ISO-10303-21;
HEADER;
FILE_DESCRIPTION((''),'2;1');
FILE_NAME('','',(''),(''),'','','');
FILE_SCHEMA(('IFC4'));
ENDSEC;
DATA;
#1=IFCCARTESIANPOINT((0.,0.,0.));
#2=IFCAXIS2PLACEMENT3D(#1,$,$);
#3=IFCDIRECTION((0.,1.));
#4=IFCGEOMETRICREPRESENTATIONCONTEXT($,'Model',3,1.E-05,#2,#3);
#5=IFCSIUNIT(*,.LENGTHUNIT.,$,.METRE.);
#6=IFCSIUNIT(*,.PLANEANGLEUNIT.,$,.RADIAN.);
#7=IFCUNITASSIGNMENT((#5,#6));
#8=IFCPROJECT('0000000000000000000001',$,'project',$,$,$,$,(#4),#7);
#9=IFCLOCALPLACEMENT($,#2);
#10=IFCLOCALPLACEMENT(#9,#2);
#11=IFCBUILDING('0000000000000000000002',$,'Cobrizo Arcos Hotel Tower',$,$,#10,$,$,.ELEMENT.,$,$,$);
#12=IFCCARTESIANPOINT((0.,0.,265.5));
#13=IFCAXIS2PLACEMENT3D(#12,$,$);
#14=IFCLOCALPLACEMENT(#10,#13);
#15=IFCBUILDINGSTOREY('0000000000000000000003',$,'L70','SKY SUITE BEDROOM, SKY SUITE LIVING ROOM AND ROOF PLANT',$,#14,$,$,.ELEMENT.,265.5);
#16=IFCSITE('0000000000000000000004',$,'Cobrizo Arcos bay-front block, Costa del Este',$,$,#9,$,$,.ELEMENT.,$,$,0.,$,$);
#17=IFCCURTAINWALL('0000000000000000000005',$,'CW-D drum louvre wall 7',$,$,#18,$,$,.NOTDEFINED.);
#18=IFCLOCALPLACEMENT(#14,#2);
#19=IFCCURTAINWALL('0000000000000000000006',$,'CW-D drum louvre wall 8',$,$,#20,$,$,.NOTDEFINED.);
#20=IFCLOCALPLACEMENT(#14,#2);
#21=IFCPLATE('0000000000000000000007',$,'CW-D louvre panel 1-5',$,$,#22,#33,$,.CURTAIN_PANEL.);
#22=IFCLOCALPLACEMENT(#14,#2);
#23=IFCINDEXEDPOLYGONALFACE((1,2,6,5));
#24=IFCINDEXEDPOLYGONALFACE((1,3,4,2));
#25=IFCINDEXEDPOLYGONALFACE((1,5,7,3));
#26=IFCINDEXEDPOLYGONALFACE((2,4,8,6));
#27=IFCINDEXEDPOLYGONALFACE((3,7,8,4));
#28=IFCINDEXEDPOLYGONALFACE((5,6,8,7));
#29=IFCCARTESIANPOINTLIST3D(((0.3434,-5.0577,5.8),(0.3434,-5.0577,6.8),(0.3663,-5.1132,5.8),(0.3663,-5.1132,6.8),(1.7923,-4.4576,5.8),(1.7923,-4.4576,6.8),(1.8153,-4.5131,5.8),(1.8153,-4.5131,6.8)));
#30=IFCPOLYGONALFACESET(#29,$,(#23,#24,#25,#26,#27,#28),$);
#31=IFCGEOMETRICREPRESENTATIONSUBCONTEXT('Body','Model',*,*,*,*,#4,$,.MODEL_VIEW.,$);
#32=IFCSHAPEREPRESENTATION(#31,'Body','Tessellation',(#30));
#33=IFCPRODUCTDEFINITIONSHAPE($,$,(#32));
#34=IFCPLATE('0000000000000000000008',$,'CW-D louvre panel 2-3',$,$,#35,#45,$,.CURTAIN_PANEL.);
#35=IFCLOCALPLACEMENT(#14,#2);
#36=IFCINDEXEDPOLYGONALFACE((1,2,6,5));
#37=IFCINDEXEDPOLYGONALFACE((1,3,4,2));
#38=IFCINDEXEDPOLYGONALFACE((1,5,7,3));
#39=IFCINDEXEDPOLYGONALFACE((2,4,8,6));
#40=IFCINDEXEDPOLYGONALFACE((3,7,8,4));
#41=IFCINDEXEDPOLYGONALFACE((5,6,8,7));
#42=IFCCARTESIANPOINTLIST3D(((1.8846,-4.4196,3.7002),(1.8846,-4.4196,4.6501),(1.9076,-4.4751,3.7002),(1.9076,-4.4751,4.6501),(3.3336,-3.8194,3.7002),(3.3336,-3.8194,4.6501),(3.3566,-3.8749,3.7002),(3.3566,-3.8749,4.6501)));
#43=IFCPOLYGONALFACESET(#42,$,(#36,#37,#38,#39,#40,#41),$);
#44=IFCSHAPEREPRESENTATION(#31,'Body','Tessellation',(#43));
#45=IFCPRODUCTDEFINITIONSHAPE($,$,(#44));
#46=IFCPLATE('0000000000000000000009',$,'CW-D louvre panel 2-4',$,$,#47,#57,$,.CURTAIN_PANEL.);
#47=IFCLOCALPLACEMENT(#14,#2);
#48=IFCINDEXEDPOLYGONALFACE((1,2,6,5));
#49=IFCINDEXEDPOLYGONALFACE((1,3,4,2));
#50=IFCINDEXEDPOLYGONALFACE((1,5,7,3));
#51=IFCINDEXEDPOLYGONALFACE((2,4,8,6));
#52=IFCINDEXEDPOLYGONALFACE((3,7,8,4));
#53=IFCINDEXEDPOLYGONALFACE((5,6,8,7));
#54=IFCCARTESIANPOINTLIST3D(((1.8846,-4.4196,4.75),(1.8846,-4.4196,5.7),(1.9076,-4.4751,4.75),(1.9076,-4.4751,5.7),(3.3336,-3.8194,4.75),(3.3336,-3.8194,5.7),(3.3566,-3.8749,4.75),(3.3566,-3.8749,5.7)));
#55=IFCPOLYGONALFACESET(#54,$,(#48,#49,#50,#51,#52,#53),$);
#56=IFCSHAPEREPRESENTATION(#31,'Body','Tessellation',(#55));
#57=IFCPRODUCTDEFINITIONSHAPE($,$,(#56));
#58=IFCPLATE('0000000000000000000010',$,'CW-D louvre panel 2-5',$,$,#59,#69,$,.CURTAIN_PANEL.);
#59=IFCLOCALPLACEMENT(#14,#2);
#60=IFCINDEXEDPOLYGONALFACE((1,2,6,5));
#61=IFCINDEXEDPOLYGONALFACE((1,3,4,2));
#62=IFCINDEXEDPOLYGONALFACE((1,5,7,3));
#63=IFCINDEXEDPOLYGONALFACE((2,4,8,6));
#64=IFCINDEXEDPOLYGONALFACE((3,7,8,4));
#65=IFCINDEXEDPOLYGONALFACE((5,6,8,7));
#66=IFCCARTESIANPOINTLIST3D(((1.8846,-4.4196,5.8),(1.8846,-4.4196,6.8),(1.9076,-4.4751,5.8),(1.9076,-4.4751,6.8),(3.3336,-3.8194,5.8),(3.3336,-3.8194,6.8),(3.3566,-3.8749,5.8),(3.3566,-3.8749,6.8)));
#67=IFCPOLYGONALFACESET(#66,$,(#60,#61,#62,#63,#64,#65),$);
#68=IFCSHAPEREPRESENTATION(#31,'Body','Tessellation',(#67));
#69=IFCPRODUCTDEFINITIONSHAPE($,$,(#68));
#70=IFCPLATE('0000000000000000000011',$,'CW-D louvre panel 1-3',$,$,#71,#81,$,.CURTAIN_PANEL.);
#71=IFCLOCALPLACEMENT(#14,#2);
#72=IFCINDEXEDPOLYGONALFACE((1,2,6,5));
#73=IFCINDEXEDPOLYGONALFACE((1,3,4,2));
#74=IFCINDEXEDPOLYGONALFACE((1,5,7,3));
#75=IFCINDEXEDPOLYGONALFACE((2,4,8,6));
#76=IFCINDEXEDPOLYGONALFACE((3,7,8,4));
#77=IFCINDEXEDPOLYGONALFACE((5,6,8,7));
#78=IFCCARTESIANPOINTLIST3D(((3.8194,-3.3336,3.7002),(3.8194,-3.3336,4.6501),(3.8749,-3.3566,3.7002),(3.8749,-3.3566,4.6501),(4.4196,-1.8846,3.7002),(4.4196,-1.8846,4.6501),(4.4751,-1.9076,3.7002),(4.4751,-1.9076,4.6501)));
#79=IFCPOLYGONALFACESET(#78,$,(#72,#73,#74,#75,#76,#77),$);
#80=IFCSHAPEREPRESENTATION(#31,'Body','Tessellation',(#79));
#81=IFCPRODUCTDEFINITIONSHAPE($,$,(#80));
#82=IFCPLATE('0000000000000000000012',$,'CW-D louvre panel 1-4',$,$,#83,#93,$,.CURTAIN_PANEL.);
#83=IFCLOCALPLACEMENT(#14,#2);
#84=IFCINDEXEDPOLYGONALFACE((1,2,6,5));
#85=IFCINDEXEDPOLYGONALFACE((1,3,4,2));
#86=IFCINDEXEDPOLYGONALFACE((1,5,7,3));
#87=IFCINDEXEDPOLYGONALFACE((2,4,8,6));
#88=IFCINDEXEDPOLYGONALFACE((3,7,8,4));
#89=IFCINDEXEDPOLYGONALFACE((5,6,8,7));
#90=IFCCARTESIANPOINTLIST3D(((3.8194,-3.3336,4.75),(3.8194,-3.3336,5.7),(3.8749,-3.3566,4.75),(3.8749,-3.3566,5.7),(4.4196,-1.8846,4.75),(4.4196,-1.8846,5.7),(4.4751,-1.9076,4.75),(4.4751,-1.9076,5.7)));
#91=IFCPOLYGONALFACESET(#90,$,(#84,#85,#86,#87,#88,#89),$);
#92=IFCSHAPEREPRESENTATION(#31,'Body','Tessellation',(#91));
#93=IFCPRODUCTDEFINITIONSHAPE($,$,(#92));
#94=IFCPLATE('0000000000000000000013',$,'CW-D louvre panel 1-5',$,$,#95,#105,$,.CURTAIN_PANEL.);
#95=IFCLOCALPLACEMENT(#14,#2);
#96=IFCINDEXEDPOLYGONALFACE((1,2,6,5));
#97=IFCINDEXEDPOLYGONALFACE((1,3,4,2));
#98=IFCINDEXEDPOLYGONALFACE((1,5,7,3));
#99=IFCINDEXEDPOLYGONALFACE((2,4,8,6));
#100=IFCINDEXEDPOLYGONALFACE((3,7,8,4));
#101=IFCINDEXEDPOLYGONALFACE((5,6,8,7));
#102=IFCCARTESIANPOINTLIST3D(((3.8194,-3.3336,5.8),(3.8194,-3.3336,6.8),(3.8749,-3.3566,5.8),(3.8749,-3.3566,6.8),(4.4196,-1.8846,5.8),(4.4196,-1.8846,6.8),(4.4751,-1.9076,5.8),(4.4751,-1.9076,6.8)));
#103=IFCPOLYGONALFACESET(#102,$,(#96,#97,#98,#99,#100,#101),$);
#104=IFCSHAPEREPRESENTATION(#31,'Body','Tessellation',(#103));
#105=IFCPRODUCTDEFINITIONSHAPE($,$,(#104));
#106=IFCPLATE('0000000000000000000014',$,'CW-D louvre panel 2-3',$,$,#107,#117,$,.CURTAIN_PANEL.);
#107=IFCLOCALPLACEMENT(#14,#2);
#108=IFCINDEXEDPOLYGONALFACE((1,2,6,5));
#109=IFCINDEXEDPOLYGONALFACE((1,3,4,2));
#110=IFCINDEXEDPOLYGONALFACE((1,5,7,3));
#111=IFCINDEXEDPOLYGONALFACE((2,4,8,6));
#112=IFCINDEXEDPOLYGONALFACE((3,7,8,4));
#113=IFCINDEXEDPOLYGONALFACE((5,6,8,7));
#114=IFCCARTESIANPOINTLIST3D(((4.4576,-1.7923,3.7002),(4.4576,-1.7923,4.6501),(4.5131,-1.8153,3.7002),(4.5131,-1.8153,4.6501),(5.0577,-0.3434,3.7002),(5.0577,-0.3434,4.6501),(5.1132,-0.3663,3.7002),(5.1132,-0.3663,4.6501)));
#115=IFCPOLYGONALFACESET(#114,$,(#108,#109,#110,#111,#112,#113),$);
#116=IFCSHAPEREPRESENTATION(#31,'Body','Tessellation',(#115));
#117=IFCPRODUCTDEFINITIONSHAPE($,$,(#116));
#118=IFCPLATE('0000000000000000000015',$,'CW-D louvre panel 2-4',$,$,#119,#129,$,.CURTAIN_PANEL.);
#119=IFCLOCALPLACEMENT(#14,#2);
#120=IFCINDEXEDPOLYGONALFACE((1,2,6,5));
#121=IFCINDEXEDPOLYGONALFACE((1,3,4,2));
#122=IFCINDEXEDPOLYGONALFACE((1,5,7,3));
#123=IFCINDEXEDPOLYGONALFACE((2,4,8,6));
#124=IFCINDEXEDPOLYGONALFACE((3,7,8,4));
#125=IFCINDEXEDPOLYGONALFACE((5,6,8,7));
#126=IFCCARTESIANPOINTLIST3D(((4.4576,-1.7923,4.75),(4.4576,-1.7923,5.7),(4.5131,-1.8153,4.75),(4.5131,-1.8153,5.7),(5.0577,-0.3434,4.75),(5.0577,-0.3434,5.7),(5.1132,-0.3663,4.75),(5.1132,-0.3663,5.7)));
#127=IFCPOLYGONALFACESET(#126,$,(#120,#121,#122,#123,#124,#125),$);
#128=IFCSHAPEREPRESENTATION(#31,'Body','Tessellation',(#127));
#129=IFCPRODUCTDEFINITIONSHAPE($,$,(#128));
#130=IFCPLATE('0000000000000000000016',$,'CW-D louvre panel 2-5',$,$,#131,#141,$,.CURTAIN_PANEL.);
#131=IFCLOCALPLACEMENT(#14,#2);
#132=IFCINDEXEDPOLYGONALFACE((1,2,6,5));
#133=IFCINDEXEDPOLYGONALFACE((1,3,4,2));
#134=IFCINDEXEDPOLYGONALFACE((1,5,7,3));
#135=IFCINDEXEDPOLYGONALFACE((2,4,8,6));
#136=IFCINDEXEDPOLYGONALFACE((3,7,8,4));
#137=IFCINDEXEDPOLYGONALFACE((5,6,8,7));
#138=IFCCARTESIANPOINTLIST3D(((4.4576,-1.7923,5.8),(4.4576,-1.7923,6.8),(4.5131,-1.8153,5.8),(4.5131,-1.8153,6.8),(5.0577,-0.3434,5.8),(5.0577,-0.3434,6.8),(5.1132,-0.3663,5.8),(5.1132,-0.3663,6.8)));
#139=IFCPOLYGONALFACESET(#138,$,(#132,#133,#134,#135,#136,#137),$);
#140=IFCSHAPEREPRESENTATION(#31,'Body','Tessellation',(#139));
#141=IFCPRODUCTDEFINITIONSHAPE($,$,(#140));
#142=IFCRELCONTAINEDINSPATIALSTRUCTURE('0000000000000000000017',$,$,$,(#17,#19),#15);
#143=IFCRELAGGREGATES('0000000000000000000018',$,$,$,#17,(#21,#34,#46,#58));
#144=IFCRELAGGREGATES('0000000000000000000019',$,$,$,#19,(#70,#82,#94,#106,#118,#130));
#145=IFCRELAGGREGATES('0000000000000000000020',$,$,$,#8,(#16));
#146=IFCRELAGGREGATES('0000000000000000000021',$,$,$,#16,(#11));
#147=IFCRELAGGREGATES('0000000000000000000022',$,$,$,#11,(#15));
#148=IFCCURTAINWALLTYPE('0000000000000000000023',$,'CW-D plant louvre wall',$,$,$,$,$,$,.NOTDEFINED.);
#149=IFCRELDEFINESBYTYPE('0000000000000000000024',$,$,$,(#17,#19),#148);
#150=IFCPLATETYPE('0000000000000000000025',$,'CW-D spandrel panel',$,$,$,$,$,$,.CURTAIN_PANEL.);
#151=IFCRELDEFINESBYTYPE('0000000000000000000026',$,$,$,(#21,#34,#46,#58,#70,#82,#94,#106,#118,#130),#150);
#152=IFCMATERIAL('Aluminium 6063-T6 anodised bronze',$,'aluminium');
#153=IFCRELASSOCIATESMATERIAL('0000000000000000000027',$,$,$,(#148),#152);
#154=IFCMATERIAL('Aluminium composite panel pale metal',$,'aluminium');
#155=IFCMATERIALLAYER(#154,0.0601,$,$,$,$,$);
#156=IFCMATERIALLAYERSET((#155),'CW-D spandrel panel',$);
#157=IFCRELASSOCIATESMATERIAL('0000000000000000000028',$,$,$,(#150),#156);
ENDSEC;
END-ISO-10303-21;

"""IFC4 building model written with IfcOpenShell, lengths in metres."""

from ifc_helpers import new_model, si_unit, direction, frame, origin, origin_2d, place, context, subcontext, project, spatial, rectangle, extrude, material, layer, layer_set, type_object, element, aggregate, save


model = new_model("IFC4")

# Units and contexts
model_context = context("Model", 3, precision=1e-05, world=origin(), true_north=direction((0.0, 1.0)))
body_context = subcontext(model_context, "Body", "Model", "MODEL_VIEW")
ifc_project = project(units=[si_unit("LENGTHUNIT", "METRE"), si_unit("PLANEANGLEUNIT", "RADIAN")], contexts=[model_context])

# Site, building, storey
site_placement = place(None, origin())
site = spatial("IfcSite", under=ifc_project, at=site_placement, Name="Cobrizo Arcos bay-front block, Costa del Este", CompositionType="ELEMENT", RefElevation=0.0)
building_placement = place(site_placement, origin())
building = spatial("IfcBuilding", under=site, at=building_placement, Name="Cobrizo Arcos Hotel Tower", CompositionType="ELEMENT")
storey_placement = place(building_placement, frame((0.0, 0.0, 265.5)))
storey = spatial("IfcBuildingStorey", under=building, at=storey_placement, Name="L70", Description="SKY SUITE BEDROOM, SKY SUITE LIVING ROOM AND ROOF PLANT", CompositionType="ELEMENT", Elevation=265.5)

# Curtain walls
ifc_material_1 = material(Name="Aluminium 6063-T6 anodised bronze", Category="aluminium")
curtain_wall_type = type_object("IfcCurtainWallType", Name="CW-D plant louvre wall", PredefinedType="NOTDEFINED", material=ifc_material_1)
curtain_wall_1_placement = place(storey_placement, origin())
curtain_wall_1 = element("IfcCurtainWall", 1, at=curtain_wall_1_placement, inside=storey, type_object=curtain_wall_type, Name="CW-D drum louvre wall 7", PredefinedType="NOTDEFINED")
curtain_wall_2_placement = place(storey_placement, origin())
curtain_wall_2 = element("IfcCurtainWall", 2, at=curtain_wall_2_placement, inside=storey, type_object=curtain_wall_type, Name="CW-D drum louvre wall 8", PredefinedType="NOTDEFINED")

# Plates
ifc_material_2 = material(Name="Aluminium composite panel pale metal", Category="aluminium")
ifc_layer = layer(ifc_material_2, 0.0601)
ifc_layer_set = layer_set([ifc_layer], Name="CW-D spandrel panel")
plate_type = type_object("IfcPlateType", Name="CW-D spandrel panel", PredefinedType="CURTAIN_PANEL", material=ifc_layer_set)
plate_1_placement = place(storey_placement, frame((1.0793, -4.7854, 5.8), z_axis=(0.0, 0.0, 1.0), x_axis=(0.92388, 0.382683, 0.0)))
plate_1 = element("IfcPlate", 3, at=plate_1_placement, type_object=plate_type, Name="CW-D louvre panel 1-5", PredefinedType="CURTAIN_PANEL", context=body_context, shape_type="SweptSolid", body=[
    extrude(rectangle(XDim=1.5684, YDim=0.0601, at=origin_2d()), origin(), (0.0, 0.0, 1.0), 1.0),
])
plate_2_placement = place(storey_placement, frame((2.6206, -4.1472, 3.7002), z_axis=(0.0, 0.0, 1.0), x_axis=(0.92388, 0.382683, 0.0)))
plate_2 = element("IfcPlate", 4, at=plate_2_placement, type_object=plate_type, Name="CW-D louvre panel 2-3", PredefinedType="CURTAIN_PANEL", context=body_context, shape_type="SweptSolid", body=[
    extrude(rectangle(XDim=1.5684, YDim=0.0601, at=origin_2d()), origin(), (0.0, 0.0, 1.0), 0.95),
])
plate_3_placement = place(storey_placement, frame((2.6206, -4.1472, 4.75), z_axis=(0.0, 0.0, 1.0), x_axis=(0.92388, 0.382683, 0.0)))
plate_3 = element("IfcPlate", 5, at=plate_3_placement, type_object=plate_type, Name="CW-D louvre panel 2-4", PredefinedType="CURTAIN_PANEL", context=body_context, shape_type="SweptSolid", body=[
    extrude(rectangle(XDim=1.5684, YDim=0.0601, at=origin_2d()), origin(), (0.0, 0.0, 1.0), 0.95),
])
plate_4_placement = place(storey_placement, frame((2.6206, -4.1472, 5.8), z_axis=(0.0, 0.0, 1.0), x_axis=(0.92388, 0.382683, 0.0)))
plate_4 = element("IfcPlate", 6, at=plate_4_placement, type_object=plate_type, Name="CW-D louvre panel 2-5", PredefinedType="CURTAIN_PANEL", context=body_context, shape_type="SweptSolid", body=[
    extrude(rectangle(XDim=1.5684, YDim=0.0601, at=origin_2d()), origin(), (0.0, 0.0, 1.0), 1.0),
])
aggregate(curtain_wall_1, [plate_1, plate_2, plate_3, plate_4])
plate_5_placement = place(storey_placement, frame((4.1472, -2.6206, 3.7002), z_axis=(0.0, 0.0, 1.0), x_axis=(0.382683, 0.92388, 0.0)))
plate_5 = element("IfcPlate", 7, at=plate_5_placement, type_object=plate_type, Name="CW-D louvre panel 1-3", PredefinedType="CURTAIN_PANEL", context=body_context, shape_type="SweptSolid", body=[
    extrude(rectangle(XDim=1.5684, YDim=0.0601, at=origin_2d()), origin(), (0.0, 0.0, 1.0), 0.95),
])
plate_6_placement = place(storey_placement, frame((4.1472, -2.6206, 4.75), z_axis=(0.0, 0.0, 1.0), x_axis=(0.382683, 0.92388, 0.0)))
plate_6 = element("IfcPlate", 8, at=plate_6_placement, type_object=plate_type, Name="CW-D louvre panel 1-4", PredefinedType="CURTAIN_PANEL", context=body_context, shape_type="SweptSolid", body=[
    extrude(rectangle(XDim=1.5684, YDim=0.0601, at=origin_2d()), origin(), (0.0, 0.0, 1.0), 0.95),
])
plate_7_placement = place(storey_placement, frame((4.1472, -2.6206, 5.8), z_axis=(0.0, 0.0, 1.0), x_axis=(0.382683, 0.92388, 0.0)))
plate_7 = element("IfcPlate", 9, at=plate_7_placement, type_object=plate_type, Name="CW-D louvre panel 1-5", PredefinedType="CURTAIN_PANEL", context=body_context, shape_type="SweptSolid", body=[
    extrude(rectangle(XDim=1.5684, YDim=0.0601, at=origin_2d()), origin(), (0.0, 0.0, 1.0), 1.0),
])
plate_8_placement = place(storey_placement, frame((4.7854, -1.0793, 3.7002), z_axis=(0.0, 0.0, 1.0), x_axis=(0.382683, 0.92388, 0.0)))
plate_8 = element("IfcPlate", 10, at=plate_8_placement, type_object=plate_type, Name="CW-D louvre panel 2-3", PredefinedType="CURTAIN_PANEL", context=body_context, shape_type="SweptSolid", body=[
    extrude(rectangle(XDim=1.5684, YDim=0.0601, at=origin_2d()), origin(), (0.0, 0.0, 1.0), 0.95),
])
plate_9_placement = place(storey_placement, frame((4.7854, -1.0793, 4.75), z_axis=(0.0, 0.0, 1.0), x_axis=(0.382683, 0.92388, 0.0)))
plate_9 = element("IfcPlate", 11, at=plate_9_placement, type_object=plate_type, Name="CW-D louvre panel 2-4", PredefinedType="CURTAIN_PANEL", context=body_context, shape_type="SweptSolid", body=[
    extrude(rectangle(XDim=1.5684, YDim=0.0601, at=origin_2d()), origin(), (0.0, 0.0, 1.0), 0.95),
])
plate_10_placement = place(storey_placement, frame((4.7854, -1.0793, 5.8), z_axis=(0.0, 0.0, 1.0), x_axis=(0.382683, 0.92388, 0.0)))
plate_10 = element("IfcPlate", 12, at=plate_10_placement, type_object=plate_type, Name="CW-D louvre panel 2-5", PredefinedType="CURTAIN_PANEL", context=body_context, shape_type="SweptSolid", body=[
    extrude(rectangle(XDim=1.5684, YDim=0.0601, at=origin_2d()), origin(), (0.0, 0.0, 1.0), 1.0),
])
aggregate(curtain_wall_2, [plate_5, plate_6, plate_7, plate_8, plate_9, plate_10])

save(model, "model.ifc")
